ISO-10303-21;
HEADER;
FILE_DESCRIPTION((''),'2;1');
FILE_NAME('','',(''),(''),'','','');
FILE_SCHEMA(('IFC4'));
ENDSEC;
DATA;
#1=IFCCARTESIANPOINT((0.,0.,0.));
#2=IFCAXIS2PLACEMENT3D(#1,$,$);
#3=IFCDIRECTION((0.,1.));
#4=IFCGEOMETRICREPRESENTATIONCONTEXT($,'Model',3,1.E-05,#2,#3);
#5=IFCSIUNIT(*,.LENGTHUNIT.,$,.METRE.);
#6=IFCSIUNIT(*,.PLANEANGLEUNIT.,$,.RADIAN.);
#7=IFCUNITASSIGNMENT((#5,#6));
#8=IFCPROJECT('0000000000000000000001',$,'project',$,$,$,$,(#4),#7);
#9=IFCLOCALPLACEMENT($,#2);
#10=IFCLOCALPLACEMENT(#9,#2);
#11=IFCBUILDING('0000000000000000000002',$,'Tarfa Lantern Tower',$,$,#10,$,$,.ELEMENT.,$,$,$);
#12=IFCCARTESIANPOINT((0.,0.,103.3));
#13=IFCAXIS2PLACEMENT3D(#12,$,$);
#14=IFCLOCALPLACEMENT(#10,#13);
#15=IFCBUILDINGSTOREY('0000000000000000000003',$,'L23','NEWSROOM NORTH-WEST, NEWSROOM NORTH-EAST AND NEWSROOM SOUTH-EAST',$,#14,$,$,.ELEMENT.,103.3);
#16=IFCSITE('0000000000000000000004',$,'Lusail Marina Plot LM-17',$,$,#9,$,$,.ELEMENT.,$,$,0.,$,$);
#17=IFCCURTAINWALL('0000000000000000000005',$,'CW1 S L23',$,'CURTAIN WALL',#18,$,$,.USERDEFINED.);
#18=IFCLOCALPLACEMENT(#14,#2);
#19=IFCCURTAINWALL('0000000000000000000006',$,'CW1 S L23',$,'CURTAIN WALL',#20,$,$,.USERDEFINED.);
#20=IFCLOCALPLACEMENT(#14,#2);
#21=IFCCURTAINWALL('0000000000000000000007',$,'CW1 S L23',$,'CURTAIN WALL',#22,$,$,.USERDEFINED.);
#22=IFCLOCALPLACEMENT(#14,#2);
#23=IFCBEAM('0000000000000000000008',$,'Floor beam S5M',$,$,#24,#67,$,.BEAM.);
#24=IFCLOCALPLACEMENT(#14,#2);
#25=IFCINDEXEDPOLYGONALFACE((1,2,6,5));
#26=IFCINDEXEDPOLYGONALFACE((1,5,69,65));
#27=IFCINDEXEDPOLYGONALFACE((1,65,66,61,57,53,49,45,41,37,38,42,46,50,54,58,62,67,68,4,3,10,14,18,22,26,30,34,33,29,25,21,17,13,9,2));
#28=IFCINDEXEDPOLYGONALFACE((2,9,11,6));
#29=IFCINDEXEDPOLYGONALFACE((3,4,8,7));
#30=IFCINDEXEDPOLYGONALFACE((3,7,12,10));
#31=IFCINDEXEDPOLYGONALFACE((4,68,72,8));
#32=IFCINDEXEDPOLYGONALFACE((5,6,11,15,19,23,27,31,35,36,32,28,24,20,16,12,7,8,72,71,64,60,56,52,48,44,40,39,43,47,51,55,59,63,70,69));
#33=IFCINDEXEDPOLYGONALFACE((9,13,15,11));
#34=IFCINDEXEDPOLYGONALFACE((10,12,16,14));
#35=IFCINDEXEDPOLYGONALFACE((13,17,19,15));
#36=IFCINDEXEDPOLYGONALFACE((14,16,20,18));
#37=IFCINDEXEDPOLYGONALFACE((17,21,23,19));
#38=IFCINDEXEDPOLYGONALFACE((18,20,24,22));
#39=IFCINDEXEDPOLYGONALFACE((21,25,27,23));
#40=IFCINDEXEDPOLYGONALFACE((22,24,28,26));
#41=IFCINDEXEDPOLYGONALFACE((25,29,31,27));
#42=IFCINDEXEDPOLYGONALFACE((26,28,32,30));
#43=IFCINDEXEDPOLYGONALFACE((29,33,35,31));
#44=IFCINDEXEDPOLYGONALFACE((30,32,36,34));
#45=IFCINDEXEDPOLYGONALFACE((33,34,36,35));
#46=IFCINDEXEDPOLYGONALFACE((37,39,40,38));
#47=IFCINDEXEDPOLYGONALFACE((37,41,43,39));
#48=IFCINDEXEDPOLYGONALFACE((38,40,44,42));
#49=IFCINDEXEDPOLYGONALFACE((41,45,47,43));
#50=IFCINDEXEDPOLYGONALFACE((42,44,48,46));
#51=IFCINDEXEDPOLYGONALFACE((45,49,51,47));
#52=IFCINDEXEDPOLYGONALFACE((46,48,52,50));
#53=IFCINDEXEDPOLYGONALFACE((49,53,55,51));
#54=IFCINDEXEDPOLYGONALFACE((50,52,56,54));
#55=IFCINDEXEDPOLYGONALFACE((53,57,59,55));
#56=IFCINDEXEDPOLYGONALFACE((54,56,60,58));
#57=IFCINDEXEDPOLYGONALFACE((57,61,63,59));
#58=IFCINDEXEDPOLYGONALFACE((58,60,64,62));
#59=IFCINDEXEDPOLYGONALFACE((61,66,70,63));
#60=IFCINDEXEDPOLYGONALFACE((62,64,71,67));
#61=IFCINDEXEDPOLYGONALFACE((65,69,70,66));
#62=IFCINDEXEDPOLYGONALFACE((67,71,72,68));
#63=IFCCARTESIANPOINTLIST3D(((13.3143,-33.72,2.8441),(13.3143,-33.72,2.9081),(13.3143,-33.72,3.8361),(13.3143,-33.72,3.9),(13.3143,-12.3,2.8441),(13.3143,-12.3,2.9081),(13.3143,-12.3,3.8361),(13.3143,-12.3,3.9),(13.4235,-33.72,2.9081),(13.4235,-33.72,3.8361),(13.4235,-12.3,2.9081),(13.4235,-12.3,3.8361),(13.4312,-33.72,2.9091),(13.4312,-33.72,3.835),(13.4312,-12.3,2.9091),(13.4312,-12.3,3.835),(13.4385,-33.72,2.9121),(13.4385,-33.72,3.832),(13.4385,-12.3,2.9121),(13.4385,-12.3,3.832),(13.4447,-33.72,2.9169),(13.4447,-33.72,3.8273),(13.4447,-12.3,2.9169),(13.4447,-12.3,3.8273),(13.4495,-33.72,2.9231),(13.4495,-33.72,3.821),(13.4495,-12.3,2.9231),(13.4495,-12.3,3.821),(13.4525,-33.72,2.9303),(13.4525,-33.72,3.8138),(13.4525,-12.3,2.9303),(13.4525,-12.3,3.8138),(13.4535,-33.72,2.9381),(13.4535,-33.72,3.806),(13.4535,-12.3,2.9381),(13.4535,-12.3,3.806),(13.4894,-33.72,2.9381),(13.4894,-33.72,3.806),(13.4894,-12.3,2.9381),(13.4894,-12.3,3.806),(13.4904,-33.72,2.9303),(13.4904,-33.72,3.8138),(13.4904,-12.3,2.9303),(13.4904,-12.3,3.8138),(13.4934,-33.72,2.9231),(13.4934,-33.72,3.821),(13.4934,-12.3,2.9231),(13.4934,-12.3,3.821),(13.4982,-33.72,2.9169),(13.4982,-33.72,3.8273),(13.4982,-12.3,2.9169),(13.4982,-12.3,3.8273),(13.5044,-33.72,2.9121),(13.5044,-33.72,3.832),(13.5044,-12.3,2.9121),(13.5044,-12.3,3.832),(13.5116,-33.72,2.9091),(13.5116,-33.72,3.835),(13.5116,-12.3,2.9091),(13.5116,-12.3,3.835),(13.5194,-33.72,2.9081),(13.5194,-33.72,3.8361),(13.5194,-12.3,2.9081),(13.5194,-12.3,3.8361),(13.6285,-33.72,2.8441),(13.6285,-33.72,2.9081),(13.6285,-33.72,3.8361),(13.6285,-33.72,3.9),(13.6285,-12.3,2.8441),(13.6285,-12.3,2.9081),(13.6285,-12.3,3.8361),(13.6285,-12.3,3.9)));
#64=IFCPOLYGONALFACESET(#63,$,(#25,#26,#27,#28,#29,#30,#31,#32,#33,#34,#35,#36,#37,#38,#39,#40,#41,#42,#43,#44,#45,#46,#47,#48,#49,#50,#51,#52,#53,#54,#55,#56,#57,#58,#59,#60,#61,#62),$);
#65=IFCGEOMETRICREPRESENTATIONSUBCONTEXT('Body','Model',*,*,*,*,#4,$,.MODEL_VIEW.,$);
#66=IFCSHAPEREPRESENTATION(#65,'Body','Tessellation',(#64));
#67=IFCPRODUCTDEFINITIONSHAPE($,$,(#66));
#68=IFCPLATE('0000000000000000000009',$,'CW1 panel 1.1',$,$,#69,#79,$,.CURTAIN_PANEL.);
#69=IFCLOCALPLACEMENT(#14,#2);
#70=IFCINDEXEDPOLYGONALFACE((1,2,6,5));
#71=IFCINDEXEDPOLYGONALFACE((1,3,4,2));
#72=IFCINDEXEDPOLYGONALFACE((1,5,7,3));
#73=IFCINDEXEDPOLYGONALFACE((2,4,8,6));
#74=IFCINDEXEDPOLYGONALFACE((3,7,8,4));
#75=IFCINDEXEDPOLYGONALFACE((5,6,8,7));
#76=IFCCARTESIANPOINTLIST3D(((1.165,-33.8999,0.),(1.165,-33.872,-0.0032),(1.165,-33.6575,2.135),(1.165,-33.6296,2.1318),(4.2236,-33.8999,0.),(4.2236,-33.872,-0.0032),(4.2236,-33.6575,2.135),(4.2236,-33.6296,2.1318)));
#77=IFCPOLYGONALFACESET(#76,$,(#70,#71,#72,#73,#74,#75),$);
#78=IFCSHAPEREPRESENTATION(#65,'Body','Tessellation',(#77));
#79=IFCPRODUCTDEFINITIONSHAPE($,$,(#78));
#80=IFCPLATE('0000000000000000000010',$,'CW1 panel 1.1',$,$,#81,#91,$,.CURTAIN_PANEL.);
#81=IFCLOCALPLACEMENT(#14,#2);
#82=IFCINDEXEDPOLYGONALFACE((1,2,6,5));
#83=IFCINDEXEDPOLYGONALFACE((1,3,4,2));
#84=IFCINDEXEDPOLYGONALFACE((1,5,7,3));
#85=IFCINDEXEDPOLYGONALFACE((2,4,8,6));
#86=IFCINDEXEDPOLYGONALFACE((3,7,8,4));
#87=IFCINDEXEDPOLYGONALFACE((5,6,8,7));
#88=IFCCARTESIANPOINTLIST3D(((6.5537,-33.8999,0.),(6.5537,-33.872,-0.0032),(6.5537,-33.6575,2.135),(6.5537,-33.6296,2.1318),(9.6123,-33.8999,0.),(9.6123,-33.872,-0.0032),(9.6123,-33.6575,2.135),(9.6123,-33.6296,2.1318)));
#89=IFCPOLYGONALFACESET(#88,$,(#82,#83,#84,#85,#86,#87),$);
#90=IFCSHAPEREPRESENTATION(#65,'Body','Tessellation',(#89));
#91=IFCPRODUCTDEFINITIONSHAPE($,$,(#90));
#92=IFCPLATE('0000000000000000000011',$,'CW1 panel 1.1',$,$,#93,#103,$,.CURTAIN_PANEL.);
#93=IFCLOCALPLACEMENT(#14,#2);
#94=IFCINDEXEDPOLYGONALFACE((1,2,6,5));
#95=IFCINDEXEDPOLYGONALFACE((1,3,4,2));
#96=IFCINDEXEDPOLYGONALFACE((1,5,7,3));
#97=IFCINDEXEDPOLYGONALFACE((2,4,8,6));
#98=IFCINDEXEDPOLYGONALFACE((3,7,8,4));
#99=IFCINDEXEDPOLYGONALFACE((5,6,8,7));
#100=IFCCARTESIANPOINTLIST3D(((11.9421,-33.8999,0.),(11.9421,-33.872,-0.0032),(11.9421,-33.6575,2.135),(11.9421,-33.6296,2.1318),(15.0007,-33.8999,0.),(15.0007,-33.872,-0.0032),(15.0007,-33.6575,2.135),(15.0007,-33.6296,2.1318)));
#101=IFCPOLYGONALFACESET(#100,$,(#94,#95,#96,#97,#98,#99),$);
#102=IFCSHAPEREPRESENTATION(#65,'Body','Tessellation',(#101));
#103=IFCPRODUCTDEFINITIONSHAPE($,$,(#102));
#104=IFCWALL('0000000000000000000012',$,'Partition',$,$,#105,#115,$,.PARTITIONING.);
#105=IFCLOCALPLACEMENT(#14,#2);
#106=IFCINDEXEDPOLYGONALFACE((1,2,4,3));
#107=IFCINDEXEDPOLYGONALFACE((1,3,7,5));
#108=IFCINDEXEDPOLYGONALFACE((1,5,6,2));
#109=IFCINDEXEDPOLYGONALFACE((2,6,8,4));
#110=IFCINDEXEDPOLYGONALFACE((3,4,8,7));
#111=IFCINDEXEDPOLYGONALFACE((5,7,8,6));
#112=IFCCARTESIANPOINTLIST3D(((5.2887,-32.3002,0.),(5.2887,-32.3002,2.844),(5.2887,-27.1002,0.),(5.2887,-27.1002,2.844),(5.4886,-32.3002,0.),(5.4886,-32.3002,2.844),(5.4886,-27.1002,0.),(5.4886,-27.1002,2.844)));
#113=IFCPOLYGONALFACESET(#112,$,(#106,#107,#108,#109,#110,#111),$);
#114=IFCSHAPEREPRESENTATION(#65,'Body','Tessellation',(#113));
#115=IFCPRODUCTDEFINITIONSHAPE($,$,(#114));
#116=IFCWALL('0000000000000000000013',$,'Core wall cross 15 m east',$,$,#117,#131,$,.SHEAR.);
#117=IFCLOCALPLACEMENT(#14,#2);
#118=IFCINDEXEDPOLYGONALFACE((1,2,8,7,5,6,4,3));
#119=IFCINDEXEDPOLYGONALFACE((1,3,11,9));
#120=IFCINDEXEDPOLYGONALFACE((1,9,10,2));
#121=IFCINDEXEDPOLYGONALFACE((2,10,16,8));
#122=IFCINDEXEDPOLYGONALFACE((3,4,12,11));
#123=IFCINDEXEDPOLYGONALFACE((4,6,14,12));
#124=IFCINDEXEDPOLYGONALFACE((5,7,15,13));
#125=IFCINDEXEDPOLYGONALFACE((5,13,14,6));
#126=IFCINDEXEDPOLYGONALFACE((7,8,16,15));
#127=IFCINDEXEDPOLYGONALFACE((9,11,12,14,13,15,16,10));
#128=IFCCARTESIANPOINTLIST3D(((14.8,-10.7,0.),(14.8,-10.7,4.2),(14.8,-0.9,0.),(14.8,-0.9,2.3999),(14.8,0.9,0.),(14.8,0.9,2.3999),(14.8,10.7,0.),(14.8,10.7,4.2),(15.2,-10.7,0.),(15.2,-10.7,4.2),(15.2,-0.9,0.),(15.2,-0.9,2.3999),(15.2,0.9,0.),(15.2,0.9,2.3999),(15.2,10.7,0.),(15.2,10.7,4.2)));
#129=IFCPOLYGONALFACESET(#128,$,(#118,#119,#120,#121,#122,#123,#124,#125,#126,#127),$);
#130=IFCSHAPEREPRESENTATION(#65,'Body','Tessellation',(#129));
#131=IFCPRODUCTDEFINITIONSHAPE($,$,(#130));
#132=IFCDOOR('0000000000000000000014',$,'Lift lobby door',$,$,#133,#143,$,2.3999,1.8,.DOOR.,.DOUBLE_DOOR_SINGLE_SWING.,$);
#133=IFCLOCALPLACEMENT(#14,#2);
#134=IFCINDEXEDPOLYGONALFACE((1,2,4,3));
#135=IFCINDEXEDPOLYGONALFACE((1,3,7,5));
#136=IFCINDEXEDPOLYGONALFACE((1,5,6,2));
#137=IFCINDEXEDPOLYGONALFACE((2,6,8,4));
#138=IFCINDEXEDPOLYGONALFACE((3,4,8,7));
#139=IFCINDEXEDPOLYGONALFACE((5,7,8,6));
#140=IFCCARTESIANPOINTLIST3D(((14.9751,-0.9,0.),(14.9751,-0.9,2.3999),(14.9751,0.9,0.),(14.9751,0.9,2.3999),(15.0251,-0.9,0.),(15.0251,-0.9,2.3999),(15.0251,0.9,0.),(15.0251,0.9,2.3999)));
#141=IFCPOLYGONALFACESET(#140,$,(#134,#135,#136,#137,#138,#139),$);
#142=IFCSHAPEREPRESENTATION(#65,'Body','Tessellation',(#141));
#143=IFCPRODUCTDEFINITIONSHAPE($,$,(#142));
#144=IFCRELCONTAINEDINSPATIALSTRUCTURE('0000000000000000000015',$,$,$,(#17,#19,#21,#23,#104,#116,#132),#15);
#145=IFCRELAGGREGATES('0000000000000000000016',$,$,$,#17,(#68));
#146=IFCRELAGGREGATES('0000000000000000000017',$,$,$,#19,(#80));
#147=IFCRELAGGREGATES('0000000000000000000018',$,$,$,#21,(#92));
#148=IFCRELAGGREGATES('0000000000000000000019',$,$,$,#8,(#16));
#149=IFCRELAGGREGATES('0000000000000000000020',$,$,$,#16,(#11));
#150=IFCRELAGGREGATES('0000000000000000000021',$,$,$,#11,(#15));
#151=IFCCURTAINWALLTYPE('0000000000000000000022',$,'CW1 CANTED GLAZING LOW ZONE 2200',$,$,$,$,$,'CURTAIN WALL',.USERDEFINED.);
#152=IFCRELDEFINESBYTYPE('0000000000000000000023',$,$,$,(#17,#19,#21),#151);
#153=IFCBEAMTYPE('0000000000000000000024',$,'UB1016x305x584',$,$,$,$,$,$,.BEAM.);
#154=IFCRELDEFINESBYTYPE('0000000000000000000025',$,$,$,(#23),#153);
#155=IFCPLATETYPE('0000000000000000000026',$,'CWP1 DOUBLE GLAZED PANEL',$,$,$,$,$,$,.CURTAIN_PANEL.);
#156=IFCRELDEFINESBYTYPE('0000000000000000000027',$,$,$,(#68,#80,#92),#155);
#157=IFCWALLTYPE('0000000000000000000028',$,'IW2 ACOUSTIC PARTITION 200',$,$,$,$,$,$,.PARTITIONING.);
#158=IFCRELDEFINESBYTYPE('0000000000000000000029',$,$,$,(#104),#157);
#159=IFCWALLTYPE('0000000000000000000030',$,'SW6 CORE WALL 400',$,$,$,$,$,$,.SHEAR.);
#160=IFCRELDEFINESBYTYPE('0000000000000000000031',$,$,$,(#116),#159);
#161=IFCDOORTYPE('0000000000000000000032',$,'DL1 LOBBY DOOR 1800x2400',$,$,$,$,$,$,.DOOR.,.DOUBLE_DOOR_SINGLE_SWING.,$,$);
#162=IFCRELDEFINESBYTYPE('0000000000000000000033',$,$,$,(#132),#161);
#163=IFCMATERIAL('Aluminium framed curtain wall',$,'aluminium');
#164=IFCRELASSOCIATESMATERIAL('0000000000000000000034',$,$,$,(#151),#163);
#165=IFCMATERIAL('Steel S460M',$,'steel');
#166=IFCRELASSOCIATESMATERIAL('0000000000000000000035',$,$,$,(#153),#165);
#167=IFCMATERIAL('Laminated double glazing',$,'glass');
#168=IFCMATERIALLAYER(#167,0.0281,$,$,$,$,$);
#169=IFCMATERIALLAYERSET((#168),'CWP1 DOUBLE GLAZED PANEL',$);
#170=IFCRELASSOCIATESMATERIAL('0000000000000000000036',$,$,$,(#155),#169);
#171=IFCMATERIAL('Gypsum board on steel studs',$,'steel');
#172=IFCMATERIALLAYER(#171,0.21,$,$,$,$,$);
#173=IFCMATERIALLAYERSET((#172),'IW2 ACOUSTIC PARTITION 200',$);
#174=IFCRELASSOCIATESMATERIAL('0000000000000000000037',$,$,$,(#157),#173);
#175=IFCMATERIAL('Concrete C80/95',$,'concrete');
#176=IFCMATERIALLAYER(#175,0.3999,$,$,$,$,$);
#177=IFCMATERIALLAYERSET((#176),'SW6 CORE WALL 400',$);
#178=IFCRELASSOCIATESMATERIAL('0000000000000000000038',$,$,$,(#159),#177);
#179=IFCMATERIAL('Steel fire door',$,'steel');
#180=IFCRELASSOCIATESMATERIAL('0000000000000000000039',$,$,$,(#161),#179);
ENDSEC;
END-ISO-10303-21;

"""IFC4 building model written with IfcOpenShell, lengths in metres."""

from ifc_helpers import new_model, si_unit, direction, frame, frame_2d, origin, origin_2d, place, context, subcontext, project, spatial, polyline, rectangle, i_section, outline, extrude, material, layer, layer_set, material_profile, profile_set, type_object, element, fill, aggregate, save


model = new_model("IFC4")

# Units and contexts
model_context = context("Model", 3, precision=1e-05, world=origin(), true_north=direction((0.0, 1.0)))
body_context = subcontext(model_context, "Body", "Model", "MODEL_VIEW")
ifc_project = project(units=[si_unit("LENGTHUNIT", "METRE"), si_unit("PLANEANGLEUNIT", "RADIAN")], contexts=[model_context])

# Site, building, storey
site_placement = place(None, origin())
site = spatial("IfcSite", under=ifc_project, at=site_placement, Name="Lusail Marina Plot LM-17", CompositionType="ELEMENT", RefElevation=0.0)
building_placement = place(site_placement, origin())
building = spatial("IfcBuilding", under=site, at=building_placement, Name="Tarfa Lantern Tower", CompositionType="ELEMENT")
storey_placement = place(building_placement, frame((0.0, 0.0, 103.3)))
storey = spatial("IfcBuildingStorey", under=building, at=storey_placement, Name="L23", Description="NEWSROOM NORTH-WEST, NEWSROOM NORTH-EAST AND NEWSROOM SOUTH-EAST", CompositionType="ELEMENT", Elevation=103.3)

# Shared definitions
ifc_material_1 = material(Name="Concrete C80/95", Category="concrete")

# Curtain walls
ifc_material_2 = material(Name="Aluminium framed curtain wall", Category="aluminium")
curtain_wall_type = type_object("IfcCurtainWallType", Name="CW1 CANTED GLAZING LOW ZONE 2200", ElementType="CURTAIN WALL", PredefinedType="USERDEFINED", material=ifc_material_2)
curtain_wall_1_placement = place(storey_placement, origin())
curtain_wall_1 = element("IfcCurtainWall", 1, at=curtain_wall_1_placement, inside=storey, type_object=curtain_wall_type, Name="CW1 S L23", ObjectType="CURTAIN WALL", PredefinedType="USERDEFINED")
curtain_wall_2_placement = place(storey_placement, origin())
curtain_wall_2 = element("IfcCurtainWall", 2, at=curtain_wall_2_placement, inside=storey, type_object=curtain_wall_type, Name="CW1 S L23", ObjectType="CURTAIN WALL", PredefinedType="USERDEFINED")

# Curtain wall
curtain_wall_3_placement = place(storey_placement, origin())
curtain_wall_3 = element("IfcCurtainWall", 3, at=curtain_wall_3_placement, inside=storey, type_object=curtain_wall_type, Name="CW1 S L23", ObjectType="CURTAIN WALL", PredefinedType="USERDEFINED")

# Beam
ifc_material_3 = material(Name="Steel S460M", Category="steel")
ifc_material_profile_1 = material_profile(ifc_material_3, i_section(OverallWidth=0.3142, OverallDepth=1.0559, WebThickness=0.0359, FlangeThickness=0.064, FilletRadius=0.03, at=origin_2d()), Name="UB1016x305x584")
ifc_profile_set_1 = profile_set([ifc_material_profile_1], Name="Steel S460M")
beam_type_1 = type_object("IfcBeamType", Name="UB1016x305x584", PredefinedType="BEAM", material=ifc_profile_set_1)
for number, where, z_axis, x_axis, name in (
    (4, (13.4714, -33.72, 3.3721), (0.0, 1.0, 0.0), (-1.0, 0.0, 0.0), "Floor beam S5M"),
):
    element("IfcBeam", number, at=place(storey_placement, frame(where, z_axis=z_axis, x_axis=x_axis)), inside=storey, type_object=beam_type_1, Name=name, PredefinedType="BEAM", context=body_context, shape_type="SweptSolid", body=[
        extrude(i_section(OverallWidth=0.3142, OverallDepth=1.0559, WebThickness=0.0359, FlangeThickness=0.064, FilletRadius=0.03, at=origin_2d()), origin(), (0.0, 0.0, 1.0), 21.4199),
    ])

# Plates
ifc_material_4 = material(Name="Laminated double glazing", Category="glass")
ifc_layer_1 = layer(ifc_material_4, 0.0281)
ifc_layer_set_1 = layer_set([ifc_layer_1], Name="CWP1 DOUBLE GLAZED PANEL")
plate_type = type_object("IfcPlateType", Name="CWP1 DOUBLE GLAZED PANEL", PredefinedType="CURTAIN_PANEL", material=ifc_layer_set_1)
plate_1_placement = place(storey_placement, frame((1.165, -33.8999, 0.0), z_axis=(0.0, -0.993615, 0.112826), x_axis=(1.0, 0.0, 0.0)))
plate_1 = element("IfcPlate", 5, at=plate_1_placement, type_object=plate_type, Name="CW1 panel 1.1", PredefinedType="CURTAIN_PANEL", context=body_context, shape_type="SweptSolid", body=[
    extrude(outline(polyline([(0.0, 0.0), (3.0586, 0.0), (3.0586, 2.1487), (0.0, 2.1487), (0.0, 0.0)])), origin(), (0.0, 0.0, -1.0), 0.0281),
])
aggregate(curtain_wall_1, [plate_1])
plate_2_placement = place(storey_placement, frame((6.5537, -33.8999, 0.0), z_axis=(0.0, -0.993615, 0.112826), x_axis=(1.0, 0.0, 0.0)))
plate_2 = element("IfcPlate", 6, at=plate_2_placement, type_object=plate_type, Name="CW1 panel 1.1", PredefinedType="CURTAIN_PANEL", context=body_context, shape_type="SweptSolid", body=[
    extrude(outline(polyline([(0.0, 0.0), (3.0586, 0.0), (3.0586, 2.1487), (0.0, 2.1487), (0.0, 0.0)])), origin(), (0.0, 0.0, -1.0), 0.0281),
])
aggregate(curtain_wall_2, [plate_2])
plate_3_placement = place(storey_placement, frame((11.9421, -33.8999, 0.0), z_axis=(0.0, -0.993615, 0.112826), x_axis=(1.0, 0.0, 0.0)))
plate_3 = element("IfcPlate", 7, at=plate_3_placement, type_object=plate_type, Name="CW1 panel 1.1", PredefinedType="CURTAIN_PANEL", context=body_context, shape_type="SweptSolid", body=[
    extrude(outline(polyline([(0.0, 0.0), (3.0586, 0.0), (3.0586, 2.1487), (0.0, 2.1487), (0.0, 0.0)])), origin(), (0.0, 0.0, -1.0), 0.0281),
])
aggregate(curtain_wall_3, [plate_3])

# Wall
ifc_material_5 = material(Name="Gypsum board on steel studs", Category="steel")
ifc_layer_2 = layer(ifc_material_5, 0.21)
ifc_layer_set_2 = layer_set([ifc_layer_2], Name="IW2 ACOUSTIC PARTITION 200")
wall_type_1 = type_object("IfcWallType", Name="IW2 ACOUSTIC PARTITION 200", PredefinedType="PARTITIONING", material=ifc_layer_set_2)
wall_1_placement = place(storey_placement, frame((5.3887, -27.1001, 0.0), z_axis=(0.0, 0.0, 1.0), x_axis=(0.0, -1.0, 0.0)))
element("IfcWall", 8, at=wall_1_placement, inside=storey, type_object=wall_type_1, Name="Partition", PredefinedType="PARTITIONING", context=body_context, shape_type="SweptSolid", body=[
    extrude(rectangle(XDim=5.2, YDim=0.2, at=frame_2d((2.6001, 0.0))), origin(), (0.0, 0.0, 1.0), 2.844),
])

# Wall, opening, door
ifc_layer_3 = layer(ifc_material_1, 0.3999)
ifc_layer_set_3 = layer_set([ifc_layer_3], Name="SW6 CORE WALL 400")
wall_type_2 = type_object("IfcWallType", Name="SW6 CORE WALL 400", PredefinedType="SHEAR", material=ifc_layer_set_3)
wall_2_placement = place(storey_placement, frame((15.0, -10.7, 0.0), z_axis=(0.0, 0.0, 1.0), x_axis=(0.0, 1.0, 0.0)))
wall_2 = element("IfcWall", 9, at=wall_2_placement, inside=storey, type_object=wall_type_2, Name="Core wall cross 15 m east", PredefinedType="SHEAR", context=body_context, shape_type="SweptSolid", body=[
    extrude(rectangle(XDim=21.3999, YDim=0.3999, at=frame_2d((10.7, 0.0))), origin(), (0.0, 0.0, 1.0), 4.2),
])
opening_1_placement = place(wall_2_placement, frame((9.8, 0.0, 0.0)))
opening_1 = element("IfcOpeningElement", 10, at=opening_1_placement, cuts=wall_2, PredefinedType="OPENING", context=body_context, shape_type="SweptSolid", body=[
    extrude(rectangle(XDim=1.8, YDim=2.3999, at=frame_2d((0.8999, 1.2))), frame((0.0, 0.21, 0.0), z_axis=(0.0, -1.0, 0.0), x_axis=(1.0, 0.0, 0.0)), (0.0, 0.0, 1.0), 0.4199),
])
ifc_material_6 = material(Name="Steel fire door", Category="steel")
door_type = type_object("IfcDoorType", Name="DL1 LOBBY DOOR 1800x2400", OperationType="DOUBLE_DOOR_SINGLE_SWING", PredefinedType="DOOR", material=ifc_material_6)
door_1_placement = place(opening_1_placement, origin())
door_1 = element("IfcDoor", 11, at=door_1_placement, inside=storey, type_object=door_type, Name="Lift lobby door", OperationType="DOUBLE_DOOR_SINGLE_SWING", OverallHeight=2.3999, OverallWidth=1.8, PredefinedType="DOOR", context=body_context, shape_type="SweptSolid", body=[
    extrude(rectangle(XDim=1.8, YDim=2.3999, at=frame_2d((0.8999, 1.2))), frame((0.0, 0.0249, 0.0), z_axis=(0.0, -1.0, 0.0), x_axis=(1.0, 0.0, 0.0)), (0.0, 0.0, 1.0), 0.05),
])
fill(opening_1, door_1)

save(model, "model.ifc")
